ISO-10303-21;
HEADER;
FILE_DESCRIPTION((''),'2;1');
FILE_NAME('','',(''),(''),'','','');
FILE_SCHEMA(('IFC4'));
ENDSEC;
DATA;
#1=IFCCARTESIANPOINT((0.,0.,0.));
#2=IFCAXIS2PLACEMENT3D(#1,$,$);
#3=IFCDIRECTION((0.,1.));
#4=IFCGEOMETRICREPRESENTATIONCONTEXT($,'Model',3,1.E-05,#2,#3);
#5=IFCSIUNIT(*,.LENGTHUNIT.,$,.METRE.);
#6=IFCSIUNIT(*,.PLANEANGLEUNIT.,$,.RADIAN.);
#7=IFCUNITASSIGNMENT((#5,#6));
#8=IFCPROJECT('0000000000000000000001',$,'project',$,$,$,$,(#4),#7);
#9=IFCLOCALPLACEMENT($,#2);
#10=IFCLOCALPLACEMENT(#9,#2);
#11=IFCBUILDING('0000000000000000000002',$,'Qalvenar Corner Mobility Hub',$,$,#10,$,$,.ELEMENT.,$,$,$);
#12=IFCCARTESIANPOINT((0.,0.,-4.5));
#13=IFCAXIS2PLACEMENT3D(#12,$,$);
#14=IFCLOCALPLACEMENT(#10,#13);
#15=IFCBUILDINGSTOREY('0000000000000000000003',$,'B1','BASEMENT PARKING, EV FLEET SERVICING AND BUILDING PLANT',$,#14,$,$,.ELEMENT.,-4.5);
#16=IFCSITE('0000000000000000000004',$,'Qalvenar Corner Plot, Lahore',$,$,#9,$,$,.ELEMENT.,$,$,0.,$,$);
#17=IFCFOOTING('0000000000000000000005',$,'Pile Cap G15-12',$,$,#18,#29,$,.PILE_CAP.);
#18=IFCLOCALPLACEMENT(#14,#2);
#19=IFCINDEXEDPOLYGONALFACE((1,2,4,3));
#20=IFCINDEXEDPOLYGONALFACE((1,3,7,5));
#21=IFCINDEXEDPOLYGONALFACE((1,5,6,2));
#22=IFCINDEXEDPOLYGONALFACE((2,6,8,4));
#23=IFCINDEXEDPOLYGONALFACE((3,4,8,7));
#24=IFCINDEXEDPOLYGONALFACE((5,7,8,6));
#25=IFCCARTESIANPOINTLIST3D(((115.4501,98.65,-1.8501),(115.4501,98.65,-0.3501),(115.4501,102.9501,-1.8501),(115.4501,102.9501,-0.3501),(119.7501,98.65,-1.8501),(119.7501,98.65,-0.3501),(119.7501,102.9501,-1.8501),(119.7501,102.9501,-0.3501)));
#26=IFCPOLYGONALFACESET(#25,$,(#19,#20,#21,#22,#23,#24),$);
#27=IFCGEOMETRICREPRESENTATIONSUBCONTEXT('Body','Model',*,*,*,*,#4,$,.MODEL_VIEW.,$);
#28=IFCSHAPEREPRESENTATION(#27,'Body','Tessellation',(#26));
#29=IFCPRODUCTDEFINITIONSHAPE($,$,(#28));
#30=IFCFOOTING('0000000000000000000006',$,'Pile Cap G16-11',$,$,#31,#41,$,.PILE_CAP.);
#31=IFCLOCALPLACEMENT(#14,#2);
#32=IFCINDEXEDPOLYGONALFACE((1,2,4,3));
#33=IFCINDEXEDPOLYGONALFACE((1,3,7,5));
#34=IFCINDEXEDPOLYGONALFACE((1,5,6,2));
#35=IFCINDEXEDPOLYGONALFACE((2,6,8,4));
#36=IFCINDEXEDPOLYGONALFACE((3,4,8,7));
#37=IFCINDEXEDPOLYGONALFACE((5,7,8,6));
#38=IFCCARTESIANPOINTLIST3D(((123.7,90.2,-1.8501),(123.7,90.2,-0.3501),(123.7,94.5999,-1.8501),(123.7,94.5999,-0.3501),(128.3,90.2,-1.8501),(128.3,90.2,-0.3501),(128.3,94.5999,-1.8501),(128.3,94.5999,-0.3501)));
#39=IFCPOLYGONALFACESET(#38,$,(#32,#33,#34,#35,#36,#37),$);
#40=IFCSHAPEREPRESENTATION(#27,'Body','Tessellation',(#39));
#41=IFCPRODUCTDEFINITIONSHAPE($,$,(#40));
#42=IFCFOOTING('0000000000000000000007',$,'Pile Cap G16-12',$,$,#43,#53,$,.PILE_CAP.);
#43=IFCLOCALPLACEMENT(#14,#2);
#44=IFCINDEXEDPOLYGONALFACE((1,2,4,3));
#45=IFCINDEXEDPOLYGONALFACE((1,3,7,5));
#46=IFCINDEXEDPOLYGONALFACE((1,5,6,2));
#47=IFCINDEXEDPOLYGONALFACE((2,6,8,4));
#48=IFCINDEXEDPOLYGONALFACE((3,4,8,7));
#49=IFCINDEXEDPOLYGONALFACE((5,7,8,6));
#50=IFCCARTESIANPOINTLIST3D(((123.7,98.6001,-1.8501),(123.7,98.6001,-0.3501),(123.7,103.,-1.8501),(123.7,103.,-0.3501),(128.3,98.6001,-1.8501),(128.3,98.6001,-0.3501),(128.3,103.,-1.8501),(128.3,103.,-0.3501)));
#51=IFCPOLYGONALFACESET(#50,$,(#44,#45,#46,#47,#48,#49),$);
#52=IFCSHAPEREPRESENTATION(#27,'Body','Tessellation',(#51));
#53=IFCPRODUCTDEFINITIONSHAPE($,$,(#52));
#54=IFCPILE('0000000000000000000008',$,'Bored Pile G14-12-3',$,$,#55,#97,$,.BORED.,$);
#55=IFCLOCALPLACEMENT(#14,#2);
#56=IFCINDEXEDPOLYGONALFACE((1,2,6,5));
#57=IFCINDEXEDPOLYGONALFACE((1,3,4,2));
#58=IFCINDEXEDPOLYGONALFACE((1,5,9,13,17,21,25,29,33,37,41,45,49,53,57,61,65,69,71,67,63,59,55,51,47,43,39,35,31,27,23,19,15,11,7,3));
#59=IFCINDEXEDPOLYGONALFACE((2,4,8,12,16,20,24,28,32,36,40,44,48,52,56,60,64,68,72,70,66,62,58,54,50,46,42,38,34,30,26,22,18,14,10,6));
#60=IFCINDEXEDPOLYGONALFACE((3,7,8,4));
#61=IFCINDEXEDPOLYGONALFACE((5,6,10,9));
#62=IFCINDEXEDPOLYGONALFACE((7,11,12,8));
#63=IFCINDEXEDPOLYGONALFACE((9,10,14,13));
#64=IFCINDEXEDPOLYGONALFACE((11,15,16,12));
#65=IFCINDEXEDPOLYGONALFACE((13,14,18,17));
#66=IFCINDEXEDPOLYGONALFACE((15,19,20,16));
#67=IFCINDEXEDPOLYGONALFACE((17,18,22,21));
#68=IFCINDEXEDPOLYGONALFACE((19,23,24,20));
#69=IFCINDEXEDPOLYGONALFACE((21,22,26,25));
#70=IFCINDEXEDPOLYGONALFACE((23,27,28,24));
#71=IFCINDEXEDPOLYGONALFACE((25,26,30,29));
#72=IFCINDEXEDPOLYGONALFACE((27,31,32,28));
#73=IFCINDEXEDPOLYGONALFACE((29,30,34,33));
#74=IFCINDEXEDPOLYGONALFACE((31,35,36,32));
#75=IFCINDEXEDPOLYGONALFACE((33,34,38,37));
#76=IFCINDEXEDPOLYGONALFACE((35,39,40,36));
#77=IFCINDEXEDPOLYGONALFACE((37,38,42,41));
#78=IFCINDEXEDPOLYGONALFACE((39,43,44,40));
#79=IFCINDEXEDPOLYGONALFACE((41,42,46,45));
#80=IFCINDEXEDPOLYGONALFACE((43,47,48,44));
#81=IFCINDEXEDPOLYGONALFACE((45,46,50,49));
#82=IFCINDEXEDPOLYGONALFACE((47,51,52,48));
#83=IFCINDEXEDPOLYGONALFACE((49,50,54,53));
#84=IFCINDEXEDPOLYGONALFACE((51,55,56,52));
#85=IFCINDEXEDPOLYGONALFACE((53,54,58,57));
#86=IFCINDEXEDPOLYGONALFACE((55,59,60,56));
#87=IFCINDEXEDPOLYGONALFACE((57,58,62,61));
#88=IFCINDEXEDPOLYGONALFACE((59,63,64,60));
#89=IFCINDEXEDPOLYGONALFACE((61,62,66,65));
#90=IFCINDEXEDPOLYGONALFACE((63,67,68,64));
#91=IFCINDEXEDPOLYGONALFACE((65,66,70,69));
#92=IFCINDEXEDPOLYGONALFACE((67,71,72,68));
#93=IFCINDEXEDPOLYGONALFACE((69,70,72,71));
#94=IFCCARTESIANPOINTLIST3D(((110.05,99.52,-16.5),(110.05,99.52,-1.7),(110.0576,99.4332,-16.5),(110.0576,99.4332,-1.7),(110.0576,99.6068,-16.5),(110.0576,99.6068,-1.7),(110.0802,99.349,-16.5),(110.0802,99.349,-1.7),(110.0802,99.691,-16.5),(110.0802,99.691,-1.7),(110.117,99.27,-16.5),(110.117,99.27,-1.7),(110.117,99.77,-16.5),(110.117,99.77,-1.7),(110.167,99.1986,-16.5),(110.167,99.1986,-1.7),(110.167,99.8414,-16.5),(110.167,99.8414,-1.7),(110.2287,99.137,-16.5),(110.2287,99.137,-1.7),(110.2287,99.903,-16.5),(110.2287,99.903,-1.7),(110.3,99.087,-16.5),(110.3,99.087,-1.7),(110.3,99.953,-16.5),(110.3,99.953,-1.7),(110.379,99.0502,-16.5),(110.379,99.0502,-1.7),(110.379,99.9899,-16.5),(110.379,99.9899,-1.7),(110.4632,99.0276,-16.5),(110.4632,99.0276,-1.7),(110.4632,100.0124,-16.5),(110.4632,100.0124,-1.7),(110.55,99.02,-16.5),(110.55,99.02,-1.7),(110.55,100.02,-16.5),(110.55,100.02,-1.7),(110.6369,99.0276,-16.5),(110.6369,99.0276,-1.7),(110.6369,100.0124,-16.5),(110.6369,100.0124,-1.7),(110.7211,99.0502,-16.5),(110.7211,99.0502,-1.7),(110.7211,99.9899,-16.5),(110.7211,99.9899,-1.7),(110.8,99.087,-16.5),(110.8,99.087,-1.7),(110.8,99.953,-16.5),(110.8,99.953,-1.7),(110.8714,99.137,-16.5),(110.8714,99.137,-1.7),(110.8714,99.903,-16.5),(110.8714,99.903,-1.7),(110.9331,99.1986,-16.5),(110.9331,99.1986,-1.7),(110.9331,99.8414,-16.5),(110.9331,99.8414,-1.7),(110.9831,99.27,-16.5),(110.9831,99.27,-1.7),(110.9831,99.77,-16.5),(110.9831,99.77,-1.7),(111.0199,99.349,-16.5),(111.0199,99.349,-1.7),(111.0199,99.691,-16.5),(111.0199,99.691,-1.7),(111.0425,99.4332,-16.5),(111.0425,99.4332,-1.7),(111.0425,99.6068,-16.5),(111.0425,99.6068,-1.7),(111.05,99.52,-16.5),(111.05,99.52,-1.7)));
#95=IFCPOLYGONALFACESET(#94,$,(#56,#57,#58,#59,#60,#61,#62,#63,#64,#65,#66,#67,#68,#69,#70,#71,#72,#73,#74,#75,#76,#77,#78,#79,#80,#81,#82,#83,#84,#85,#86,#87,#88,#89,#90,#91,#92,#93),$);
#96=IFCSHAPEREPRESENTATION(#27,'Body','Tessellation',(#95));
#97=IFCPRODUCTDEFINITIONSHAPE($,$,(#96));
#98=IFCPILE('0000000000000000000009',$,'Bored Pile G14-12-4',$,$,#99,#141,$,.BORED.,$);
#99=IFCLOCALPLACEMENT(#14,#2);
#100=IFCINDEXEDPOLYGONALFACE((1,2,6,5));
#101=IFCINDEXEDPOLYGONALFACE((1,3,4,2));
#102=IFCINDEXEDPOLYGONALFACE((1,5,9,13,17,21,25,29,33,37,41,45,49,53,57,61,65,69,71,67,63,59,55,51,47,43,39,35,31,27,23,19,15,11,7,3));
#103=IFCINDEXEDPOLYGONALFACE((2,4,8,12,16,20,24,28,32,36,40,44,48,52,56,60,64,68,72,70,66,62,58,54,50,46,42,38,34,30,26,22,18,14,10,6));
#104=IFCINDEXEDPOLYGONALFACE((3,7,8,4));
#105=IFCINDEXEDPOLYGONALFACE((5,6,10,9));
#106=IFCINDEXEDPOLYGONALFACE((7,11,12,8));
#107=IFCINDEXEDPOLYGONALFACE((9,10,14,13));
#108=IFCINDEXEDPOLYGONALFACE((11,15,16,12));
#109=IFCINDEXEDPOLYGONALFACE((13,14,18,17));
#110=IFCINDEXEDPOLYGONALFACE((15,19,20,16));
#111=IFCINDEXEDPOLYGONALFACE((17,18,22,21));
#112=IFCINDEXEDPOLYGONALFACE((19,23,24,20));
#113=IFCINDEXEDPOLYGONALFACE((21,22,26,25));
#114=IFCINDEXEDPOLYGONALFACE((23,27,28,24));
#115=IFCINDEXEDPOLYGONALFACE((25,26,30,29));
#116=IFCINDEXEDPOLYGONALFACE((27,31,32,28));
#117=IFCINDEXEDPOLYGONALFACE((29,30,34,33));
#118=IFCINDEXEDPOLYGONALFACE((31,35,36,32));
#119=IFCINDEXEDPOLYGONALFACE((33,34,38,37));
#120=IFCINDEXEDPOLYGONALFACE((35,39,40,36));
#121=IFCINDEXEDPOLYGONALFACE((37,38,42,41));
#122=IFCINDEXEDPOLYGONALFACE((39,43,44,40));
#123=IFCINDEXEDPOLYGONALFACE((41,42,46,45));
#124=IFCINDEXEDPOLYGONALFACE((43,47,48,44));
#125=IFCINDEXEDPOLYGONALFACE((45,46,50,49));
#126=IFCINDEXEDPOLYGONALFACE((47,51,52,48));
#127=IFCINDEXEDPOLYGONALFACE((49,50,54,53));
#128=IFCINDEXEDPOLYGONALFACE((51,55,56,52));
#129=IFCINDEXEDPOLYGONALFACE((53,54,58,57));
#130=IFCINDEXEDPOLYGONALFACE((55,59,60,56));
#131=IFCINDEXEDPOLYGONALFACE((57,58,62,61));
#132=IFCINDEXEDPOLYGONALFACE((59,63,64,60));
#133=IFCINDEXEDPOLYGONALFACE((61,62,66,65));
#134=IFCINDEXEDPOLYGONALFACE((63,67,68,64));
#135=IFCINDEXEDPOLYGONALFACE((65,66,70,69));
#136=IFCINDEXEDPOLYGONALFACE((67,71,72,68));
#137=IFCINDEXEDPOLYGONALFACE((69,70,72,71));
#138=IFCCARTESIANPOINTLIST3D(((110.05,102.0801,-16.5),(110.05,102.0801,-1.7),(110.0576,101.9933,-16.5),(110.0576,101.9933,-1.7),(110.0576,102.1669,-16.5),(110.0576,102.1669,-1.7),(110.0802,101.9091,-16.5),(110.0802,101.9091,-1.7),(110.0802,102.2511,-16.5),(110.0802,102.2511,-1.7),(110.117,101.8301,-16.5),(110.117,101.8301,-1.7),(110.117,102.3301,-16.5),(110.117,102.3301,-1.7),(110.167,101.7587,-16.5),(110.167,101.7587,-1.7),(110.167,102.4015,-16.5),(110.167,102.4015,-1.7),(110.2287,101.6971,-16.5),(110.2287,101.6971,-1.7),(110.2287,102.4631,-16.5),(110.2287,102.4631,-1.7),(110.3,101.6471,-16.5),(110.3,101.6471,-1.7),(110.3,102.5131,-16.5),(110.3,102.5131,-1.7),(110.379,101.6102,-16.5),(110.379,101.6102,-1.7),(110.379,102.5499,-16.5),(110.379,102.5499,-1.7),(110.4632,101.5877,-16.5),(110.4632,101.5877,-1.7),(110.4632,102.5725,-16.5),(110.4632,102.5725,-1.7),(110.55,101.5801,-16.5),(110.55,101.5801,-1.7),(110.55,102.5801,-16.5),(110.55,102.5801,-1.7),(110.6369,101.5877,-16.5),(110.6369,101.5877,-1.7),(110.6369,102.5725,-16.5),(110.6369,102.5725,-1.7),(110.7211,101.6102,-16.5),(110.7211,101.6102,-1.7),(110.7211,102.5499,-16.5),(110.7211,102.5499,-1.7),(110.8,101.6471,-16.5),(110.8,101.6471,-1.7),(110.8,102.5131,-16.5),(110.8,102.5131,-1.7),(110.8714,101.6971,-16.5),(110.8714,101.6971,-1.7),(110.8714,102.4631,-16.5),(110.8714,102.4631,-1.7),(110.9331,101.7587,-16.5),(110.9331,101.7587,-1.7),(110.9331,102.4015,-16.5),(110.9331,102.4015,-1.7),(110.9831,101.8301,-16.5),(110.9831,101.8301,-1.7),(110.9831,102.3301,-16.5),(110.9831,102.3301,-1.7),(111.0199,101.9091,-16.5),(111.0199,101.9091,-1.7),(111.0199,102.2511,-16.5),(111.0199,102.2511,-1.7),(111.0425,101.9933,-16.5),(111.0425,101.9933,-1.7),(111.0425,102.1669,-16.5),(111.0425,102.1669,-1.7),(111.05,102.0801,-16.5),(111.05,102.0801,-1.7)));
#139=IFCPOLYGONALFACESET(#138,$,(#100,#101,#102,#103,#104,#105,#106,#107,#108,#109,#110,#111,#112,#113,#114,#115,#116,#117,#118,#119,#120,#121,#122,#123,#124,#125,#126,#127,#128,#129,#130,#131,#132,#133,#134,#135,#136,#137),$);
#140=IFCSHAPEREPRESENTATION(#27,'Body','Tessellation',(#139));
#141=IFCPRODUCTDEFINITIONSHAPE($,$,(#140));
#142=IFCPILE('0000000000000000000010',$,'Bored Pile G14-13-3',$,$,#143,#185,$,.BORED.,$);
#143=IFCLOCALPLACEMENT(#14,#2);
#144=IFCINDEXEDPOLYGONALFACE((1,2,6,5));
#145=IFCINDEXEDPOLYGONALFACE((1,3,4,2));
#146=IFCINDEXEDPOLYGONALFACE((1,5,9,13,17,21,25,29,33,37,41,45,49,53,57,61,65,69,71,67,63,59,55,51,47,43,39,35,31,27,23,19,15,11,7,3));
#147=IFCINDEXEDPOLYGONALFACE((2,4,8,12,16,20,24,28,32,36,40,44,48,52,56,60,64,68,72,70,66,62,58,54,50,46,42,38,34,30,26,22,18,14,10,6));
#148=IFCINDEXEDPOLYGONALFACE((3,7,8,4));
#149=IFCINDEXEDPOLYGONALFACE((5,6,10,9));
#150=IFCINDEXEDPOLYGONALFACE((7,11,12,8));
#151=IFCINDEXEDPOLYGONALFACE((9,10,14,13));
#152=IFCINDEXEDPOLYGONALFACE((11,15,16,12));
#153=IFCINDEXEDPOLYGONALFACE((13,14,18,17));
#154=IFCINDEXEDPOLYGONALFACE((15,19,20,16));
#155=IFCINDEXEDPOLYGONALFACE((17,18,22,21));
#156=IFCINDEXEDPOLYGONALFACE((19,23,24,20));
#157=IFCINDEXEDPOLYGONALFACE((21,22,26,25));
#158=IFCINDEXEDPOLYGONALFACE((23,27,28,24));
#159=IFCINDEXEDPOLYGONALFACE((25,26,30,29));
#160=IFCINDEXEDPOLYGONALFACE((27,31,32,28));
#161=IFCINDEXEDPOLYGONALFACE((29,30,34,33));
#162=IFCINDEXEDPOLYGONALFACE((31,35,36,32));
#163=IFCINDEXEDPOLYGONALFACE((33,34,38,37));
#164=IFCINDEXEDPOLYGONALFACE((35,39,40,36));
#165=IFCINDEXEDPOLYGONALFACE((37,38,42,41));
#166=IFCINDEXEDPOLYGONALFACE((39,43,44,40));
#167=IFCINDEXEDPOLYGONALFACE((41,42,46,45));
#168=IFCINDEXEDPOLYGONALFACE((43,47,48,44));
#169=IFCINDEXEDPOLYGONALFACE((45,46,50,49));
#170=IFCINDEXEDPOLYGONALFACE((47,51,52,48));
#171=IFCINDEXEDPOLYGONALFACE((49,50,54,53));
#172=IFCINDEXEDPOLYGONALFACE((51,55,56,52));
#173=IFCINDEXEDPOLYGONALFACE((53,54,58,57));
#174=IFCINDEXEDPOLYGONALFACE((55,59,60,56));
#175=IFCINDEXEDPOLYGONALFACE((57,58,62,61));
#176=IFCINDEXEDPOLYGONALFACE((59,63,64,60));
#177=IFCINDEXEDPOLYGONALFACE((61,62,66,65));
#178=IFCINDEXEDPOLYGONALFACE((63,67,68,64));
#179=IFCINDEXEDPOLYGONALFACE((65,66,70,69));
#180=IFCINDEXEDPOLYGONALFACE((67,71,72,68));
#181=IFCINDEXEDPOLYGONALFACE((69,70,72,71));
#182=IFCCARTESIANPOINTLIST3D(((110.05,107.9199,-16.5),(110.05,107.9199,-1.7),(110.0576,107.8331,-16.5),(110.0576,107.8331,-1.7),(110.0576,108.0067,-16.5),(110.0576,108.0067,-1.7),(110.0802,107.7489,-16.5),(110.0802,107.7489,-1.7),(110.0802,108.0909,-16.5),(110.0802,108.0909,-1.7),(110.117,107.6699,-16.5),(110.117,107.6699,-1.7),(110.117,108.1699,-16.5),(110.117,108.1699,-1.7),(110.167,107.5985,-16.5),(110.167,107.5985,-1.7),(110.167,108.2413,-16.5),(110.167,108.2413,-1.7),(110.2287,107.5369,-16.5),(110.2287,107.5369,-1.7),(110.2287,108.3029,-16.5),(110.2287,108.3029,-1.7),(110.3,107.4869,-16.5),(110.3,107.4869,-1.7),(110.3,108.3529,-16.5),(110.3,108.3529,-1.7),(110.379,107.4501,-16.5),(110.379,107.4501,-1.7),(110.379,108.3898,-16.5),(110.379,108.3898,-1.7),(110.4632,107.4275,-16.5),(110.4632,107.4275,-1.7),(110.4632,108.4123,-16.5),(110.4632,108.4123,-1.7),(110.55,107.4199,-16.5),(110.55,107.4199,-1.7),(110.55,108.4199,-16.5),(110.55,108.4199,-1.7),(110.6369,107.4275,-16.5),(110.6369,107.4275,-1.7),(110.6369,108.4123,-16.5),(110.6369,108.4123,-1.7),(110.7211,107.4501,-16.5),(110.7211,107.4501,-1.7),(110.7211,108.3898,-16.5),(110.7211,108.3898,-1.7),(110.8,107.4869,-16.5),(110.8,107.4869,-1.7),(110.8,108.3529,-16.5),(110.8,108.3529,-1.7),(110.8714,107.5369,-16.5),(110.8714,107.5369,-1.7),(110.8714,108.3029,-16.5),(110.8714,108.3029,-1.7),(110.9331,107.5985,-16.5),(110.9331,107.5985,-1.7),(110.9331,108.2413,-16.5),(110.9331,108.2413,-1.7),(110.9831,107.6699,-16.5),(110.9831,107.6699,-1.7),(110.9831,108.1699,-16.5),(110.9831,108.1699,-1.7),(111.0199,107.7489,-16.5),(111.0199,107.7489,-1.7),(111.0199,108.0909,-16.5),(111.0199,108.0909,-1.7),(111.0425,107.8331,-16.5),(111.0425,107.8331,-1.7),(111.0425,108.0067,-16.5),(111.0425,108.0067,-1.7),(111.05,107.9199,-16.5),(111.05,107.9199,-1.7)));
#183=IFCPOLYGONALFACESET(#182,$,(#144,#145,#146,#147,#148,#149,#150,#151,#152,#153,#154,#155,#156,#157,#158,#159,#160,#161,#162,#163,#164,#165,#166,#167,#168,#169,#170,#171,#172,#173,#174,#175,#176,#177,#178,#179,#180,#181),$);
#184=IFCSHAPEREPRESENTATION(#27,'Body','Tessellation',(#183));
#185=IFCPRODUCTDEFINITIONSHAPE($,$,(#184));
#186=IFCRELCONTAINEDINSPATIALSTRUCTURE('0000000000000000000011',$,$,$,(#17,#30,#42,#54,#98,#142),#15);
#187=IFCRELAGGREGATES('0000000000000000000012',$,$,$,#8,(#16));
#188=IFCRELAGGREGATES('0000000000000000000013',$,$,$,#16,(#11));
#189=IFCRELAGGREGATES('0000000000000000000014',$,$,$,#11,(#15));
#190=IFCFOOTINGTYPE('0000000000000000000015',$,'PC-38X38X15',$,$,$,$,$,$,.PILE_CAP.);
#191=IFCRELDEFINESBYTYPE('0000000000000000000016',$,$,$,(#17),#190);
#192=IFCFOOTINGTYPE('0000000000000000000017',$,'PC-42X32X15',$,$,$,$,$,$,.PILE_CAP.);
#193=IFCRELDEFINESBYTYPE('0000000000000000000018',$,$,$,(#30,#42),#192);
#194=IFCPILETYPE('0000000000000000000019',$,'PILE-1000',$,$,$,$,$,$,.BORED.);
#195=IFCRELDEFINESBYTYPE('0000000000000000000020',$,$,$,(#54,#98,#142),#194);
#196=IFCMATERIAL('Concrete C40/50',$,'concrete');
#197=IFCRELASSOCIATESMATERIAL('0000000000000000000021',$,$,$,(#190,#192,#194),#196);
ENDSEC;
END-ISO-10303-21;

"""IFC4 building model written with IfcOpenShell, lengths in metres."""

from ifc_helpers import new_model, si_unit, direction, frame, origin, origin_2d, place, context, subcontext, project, spatial, rectangle, circle, extrude, material, material_profile, profile_set, type_object, element, save


model = new_model("IFC4")

# Units and contexts
model_context = context("Model", 3, precision=1e-05, world=origin(), true_north=direction((0.0, 1.0)))
body_context = subcontext(model_context, "Body", "Model", "MODEL_VIEW")
ifc_project = project(units=[si_unit("LENGTHUNIT", "METRE"), si_unit("PLANEANGLEUNIT", "RADIAN")], contexts=[model_context])

# Site, building, storey
site_placement = place(None, origin())
site = spatial("IfcSite", under=ifc_project, at=site_placement, Name="Qalvenar Corner Plot, Lahore", CompositionType="ELEMENT", RefElevation=0.0)
building_placement = place(site_placement, origin())
building = spatial("IfcBuilding", under=site, at=building_placement, Name="Qalvenar Corner Mobility Hub", CompositionType="ELEMENT")
storey_placement = place(building_placement, frame((0.0, 0.0, -4.5)))
storey = spatial("IfcBuildingStorey", under=building, at=storey_placement, Name="B1", Description="BASEMENT PARKING, EV FLEET SERVICING AND BUILDING PLANT", CompositionType="ELEMENT", Elevation=-4.5)

# Footings
ifc_material_1 = material(Name="Concrete C40/50", Category="concrete")
footing_type_1 = type_object("IfcFootingType", Name="PC-38X38X15", PredefinedType="PILE_CAP", material=ifc_material_1)
footing_1_placement = place(storey_placement, frame((117.6001, 100.8, -1.8501), z_axis=(0.0, 0.0, 1.0), x_axis=(1.0, 0.0, 0.0)))
element("IfcFooting", 1, at=footing_1_placement, inside=storey, type_object=footing_type_1, Name="Pile Cap G15-12", PredefinedType="PILE_CAP", context=body_context, shape_type="SweptSolid", body=[
    extrude(rectangle(XDim=4.3, YDim=4.3, at=origin_2d()), origin(), (0.0, 0.0, 1.0), 1.5),
])
footing_type_2 = type_object("IfcFootingType", Name="PC-42X32X15", PredefinedType="PILE_CAP", material=ifc_material_1)
for number, where, z_axis, x_axis, name in (
    (2, (126.0, 92.3999, -1.8501), (0.0, 0.0, 1.0), (1.0, 0.0, 0.0), "Pile Cap G16-11"),
    (3, (126.0, 100.8, -1.8501), (0.0, 0.0, 1.0), (1.0, 0.0, 0.0), "Pile Cap G16-12"),
):
    element("IfcFooting", number, at=place(storey_placement, frame(where, z_axis=z_axis, x_axis=x_axis)), inside=storey, type_object=footing_type_2, Name=name, PredefinedType="PILE_CAP", context=body_context, shape_type="SweptSolid", body=[
        extrude(rectangle(XDim=4.6001, YDim=4.3999, at=origin_2d()), origin(), (0.0, 0.0, 1.0), 1.5),
    ])

# Piles
ifc_material_profile_1 = material_profile(ifc_material_1, circle(Radius=0.5, at=origin_2d()), Name="DIA1000")
ifc_profile_set_1 = profile_set([ifc_material_profile_1], Name="Concrete C40/50")
pile_type_1 = type_object("IfcPileType", Name="PILE-1000", PredefinedType="BORED", material=ifc_profile_set_1)
for number, where, z_axis, x_axis, name in (
    (4, (110.55, 99.52, -1.7), (0.0, 0.0, -1.0), (1.0, 0.0, 0.0), "Bored Pile G14-12-3"),
    (5, (110.55, 102.0801, -1.7), (0.0, 0.0, -1.0), (1.0, 0.0, 0.0), "Bored Pile G14-12-4"),
    (6, (110.55, 107.9199, -1.7), (0.0, 0.0, -1.0), (1.0, 0.0, 0.0), "Bored Pile G14-13-3"),
):
    element("IfcPile", number, at=place(storey_placement, frame(where, z_axis=z_axis, x_axis=x_axis)), inside=storey, type_object=pile_type_1, Name=name, PredefinedType="BORED", context=body_context, shape_type="SweptSolid", body=[
        extrude(circle(Radius=0.5, at=origin_2d()), origin(), (0.0, 0.0, 1.0), 14.8),
    ])

save(model, "model.ifc")
